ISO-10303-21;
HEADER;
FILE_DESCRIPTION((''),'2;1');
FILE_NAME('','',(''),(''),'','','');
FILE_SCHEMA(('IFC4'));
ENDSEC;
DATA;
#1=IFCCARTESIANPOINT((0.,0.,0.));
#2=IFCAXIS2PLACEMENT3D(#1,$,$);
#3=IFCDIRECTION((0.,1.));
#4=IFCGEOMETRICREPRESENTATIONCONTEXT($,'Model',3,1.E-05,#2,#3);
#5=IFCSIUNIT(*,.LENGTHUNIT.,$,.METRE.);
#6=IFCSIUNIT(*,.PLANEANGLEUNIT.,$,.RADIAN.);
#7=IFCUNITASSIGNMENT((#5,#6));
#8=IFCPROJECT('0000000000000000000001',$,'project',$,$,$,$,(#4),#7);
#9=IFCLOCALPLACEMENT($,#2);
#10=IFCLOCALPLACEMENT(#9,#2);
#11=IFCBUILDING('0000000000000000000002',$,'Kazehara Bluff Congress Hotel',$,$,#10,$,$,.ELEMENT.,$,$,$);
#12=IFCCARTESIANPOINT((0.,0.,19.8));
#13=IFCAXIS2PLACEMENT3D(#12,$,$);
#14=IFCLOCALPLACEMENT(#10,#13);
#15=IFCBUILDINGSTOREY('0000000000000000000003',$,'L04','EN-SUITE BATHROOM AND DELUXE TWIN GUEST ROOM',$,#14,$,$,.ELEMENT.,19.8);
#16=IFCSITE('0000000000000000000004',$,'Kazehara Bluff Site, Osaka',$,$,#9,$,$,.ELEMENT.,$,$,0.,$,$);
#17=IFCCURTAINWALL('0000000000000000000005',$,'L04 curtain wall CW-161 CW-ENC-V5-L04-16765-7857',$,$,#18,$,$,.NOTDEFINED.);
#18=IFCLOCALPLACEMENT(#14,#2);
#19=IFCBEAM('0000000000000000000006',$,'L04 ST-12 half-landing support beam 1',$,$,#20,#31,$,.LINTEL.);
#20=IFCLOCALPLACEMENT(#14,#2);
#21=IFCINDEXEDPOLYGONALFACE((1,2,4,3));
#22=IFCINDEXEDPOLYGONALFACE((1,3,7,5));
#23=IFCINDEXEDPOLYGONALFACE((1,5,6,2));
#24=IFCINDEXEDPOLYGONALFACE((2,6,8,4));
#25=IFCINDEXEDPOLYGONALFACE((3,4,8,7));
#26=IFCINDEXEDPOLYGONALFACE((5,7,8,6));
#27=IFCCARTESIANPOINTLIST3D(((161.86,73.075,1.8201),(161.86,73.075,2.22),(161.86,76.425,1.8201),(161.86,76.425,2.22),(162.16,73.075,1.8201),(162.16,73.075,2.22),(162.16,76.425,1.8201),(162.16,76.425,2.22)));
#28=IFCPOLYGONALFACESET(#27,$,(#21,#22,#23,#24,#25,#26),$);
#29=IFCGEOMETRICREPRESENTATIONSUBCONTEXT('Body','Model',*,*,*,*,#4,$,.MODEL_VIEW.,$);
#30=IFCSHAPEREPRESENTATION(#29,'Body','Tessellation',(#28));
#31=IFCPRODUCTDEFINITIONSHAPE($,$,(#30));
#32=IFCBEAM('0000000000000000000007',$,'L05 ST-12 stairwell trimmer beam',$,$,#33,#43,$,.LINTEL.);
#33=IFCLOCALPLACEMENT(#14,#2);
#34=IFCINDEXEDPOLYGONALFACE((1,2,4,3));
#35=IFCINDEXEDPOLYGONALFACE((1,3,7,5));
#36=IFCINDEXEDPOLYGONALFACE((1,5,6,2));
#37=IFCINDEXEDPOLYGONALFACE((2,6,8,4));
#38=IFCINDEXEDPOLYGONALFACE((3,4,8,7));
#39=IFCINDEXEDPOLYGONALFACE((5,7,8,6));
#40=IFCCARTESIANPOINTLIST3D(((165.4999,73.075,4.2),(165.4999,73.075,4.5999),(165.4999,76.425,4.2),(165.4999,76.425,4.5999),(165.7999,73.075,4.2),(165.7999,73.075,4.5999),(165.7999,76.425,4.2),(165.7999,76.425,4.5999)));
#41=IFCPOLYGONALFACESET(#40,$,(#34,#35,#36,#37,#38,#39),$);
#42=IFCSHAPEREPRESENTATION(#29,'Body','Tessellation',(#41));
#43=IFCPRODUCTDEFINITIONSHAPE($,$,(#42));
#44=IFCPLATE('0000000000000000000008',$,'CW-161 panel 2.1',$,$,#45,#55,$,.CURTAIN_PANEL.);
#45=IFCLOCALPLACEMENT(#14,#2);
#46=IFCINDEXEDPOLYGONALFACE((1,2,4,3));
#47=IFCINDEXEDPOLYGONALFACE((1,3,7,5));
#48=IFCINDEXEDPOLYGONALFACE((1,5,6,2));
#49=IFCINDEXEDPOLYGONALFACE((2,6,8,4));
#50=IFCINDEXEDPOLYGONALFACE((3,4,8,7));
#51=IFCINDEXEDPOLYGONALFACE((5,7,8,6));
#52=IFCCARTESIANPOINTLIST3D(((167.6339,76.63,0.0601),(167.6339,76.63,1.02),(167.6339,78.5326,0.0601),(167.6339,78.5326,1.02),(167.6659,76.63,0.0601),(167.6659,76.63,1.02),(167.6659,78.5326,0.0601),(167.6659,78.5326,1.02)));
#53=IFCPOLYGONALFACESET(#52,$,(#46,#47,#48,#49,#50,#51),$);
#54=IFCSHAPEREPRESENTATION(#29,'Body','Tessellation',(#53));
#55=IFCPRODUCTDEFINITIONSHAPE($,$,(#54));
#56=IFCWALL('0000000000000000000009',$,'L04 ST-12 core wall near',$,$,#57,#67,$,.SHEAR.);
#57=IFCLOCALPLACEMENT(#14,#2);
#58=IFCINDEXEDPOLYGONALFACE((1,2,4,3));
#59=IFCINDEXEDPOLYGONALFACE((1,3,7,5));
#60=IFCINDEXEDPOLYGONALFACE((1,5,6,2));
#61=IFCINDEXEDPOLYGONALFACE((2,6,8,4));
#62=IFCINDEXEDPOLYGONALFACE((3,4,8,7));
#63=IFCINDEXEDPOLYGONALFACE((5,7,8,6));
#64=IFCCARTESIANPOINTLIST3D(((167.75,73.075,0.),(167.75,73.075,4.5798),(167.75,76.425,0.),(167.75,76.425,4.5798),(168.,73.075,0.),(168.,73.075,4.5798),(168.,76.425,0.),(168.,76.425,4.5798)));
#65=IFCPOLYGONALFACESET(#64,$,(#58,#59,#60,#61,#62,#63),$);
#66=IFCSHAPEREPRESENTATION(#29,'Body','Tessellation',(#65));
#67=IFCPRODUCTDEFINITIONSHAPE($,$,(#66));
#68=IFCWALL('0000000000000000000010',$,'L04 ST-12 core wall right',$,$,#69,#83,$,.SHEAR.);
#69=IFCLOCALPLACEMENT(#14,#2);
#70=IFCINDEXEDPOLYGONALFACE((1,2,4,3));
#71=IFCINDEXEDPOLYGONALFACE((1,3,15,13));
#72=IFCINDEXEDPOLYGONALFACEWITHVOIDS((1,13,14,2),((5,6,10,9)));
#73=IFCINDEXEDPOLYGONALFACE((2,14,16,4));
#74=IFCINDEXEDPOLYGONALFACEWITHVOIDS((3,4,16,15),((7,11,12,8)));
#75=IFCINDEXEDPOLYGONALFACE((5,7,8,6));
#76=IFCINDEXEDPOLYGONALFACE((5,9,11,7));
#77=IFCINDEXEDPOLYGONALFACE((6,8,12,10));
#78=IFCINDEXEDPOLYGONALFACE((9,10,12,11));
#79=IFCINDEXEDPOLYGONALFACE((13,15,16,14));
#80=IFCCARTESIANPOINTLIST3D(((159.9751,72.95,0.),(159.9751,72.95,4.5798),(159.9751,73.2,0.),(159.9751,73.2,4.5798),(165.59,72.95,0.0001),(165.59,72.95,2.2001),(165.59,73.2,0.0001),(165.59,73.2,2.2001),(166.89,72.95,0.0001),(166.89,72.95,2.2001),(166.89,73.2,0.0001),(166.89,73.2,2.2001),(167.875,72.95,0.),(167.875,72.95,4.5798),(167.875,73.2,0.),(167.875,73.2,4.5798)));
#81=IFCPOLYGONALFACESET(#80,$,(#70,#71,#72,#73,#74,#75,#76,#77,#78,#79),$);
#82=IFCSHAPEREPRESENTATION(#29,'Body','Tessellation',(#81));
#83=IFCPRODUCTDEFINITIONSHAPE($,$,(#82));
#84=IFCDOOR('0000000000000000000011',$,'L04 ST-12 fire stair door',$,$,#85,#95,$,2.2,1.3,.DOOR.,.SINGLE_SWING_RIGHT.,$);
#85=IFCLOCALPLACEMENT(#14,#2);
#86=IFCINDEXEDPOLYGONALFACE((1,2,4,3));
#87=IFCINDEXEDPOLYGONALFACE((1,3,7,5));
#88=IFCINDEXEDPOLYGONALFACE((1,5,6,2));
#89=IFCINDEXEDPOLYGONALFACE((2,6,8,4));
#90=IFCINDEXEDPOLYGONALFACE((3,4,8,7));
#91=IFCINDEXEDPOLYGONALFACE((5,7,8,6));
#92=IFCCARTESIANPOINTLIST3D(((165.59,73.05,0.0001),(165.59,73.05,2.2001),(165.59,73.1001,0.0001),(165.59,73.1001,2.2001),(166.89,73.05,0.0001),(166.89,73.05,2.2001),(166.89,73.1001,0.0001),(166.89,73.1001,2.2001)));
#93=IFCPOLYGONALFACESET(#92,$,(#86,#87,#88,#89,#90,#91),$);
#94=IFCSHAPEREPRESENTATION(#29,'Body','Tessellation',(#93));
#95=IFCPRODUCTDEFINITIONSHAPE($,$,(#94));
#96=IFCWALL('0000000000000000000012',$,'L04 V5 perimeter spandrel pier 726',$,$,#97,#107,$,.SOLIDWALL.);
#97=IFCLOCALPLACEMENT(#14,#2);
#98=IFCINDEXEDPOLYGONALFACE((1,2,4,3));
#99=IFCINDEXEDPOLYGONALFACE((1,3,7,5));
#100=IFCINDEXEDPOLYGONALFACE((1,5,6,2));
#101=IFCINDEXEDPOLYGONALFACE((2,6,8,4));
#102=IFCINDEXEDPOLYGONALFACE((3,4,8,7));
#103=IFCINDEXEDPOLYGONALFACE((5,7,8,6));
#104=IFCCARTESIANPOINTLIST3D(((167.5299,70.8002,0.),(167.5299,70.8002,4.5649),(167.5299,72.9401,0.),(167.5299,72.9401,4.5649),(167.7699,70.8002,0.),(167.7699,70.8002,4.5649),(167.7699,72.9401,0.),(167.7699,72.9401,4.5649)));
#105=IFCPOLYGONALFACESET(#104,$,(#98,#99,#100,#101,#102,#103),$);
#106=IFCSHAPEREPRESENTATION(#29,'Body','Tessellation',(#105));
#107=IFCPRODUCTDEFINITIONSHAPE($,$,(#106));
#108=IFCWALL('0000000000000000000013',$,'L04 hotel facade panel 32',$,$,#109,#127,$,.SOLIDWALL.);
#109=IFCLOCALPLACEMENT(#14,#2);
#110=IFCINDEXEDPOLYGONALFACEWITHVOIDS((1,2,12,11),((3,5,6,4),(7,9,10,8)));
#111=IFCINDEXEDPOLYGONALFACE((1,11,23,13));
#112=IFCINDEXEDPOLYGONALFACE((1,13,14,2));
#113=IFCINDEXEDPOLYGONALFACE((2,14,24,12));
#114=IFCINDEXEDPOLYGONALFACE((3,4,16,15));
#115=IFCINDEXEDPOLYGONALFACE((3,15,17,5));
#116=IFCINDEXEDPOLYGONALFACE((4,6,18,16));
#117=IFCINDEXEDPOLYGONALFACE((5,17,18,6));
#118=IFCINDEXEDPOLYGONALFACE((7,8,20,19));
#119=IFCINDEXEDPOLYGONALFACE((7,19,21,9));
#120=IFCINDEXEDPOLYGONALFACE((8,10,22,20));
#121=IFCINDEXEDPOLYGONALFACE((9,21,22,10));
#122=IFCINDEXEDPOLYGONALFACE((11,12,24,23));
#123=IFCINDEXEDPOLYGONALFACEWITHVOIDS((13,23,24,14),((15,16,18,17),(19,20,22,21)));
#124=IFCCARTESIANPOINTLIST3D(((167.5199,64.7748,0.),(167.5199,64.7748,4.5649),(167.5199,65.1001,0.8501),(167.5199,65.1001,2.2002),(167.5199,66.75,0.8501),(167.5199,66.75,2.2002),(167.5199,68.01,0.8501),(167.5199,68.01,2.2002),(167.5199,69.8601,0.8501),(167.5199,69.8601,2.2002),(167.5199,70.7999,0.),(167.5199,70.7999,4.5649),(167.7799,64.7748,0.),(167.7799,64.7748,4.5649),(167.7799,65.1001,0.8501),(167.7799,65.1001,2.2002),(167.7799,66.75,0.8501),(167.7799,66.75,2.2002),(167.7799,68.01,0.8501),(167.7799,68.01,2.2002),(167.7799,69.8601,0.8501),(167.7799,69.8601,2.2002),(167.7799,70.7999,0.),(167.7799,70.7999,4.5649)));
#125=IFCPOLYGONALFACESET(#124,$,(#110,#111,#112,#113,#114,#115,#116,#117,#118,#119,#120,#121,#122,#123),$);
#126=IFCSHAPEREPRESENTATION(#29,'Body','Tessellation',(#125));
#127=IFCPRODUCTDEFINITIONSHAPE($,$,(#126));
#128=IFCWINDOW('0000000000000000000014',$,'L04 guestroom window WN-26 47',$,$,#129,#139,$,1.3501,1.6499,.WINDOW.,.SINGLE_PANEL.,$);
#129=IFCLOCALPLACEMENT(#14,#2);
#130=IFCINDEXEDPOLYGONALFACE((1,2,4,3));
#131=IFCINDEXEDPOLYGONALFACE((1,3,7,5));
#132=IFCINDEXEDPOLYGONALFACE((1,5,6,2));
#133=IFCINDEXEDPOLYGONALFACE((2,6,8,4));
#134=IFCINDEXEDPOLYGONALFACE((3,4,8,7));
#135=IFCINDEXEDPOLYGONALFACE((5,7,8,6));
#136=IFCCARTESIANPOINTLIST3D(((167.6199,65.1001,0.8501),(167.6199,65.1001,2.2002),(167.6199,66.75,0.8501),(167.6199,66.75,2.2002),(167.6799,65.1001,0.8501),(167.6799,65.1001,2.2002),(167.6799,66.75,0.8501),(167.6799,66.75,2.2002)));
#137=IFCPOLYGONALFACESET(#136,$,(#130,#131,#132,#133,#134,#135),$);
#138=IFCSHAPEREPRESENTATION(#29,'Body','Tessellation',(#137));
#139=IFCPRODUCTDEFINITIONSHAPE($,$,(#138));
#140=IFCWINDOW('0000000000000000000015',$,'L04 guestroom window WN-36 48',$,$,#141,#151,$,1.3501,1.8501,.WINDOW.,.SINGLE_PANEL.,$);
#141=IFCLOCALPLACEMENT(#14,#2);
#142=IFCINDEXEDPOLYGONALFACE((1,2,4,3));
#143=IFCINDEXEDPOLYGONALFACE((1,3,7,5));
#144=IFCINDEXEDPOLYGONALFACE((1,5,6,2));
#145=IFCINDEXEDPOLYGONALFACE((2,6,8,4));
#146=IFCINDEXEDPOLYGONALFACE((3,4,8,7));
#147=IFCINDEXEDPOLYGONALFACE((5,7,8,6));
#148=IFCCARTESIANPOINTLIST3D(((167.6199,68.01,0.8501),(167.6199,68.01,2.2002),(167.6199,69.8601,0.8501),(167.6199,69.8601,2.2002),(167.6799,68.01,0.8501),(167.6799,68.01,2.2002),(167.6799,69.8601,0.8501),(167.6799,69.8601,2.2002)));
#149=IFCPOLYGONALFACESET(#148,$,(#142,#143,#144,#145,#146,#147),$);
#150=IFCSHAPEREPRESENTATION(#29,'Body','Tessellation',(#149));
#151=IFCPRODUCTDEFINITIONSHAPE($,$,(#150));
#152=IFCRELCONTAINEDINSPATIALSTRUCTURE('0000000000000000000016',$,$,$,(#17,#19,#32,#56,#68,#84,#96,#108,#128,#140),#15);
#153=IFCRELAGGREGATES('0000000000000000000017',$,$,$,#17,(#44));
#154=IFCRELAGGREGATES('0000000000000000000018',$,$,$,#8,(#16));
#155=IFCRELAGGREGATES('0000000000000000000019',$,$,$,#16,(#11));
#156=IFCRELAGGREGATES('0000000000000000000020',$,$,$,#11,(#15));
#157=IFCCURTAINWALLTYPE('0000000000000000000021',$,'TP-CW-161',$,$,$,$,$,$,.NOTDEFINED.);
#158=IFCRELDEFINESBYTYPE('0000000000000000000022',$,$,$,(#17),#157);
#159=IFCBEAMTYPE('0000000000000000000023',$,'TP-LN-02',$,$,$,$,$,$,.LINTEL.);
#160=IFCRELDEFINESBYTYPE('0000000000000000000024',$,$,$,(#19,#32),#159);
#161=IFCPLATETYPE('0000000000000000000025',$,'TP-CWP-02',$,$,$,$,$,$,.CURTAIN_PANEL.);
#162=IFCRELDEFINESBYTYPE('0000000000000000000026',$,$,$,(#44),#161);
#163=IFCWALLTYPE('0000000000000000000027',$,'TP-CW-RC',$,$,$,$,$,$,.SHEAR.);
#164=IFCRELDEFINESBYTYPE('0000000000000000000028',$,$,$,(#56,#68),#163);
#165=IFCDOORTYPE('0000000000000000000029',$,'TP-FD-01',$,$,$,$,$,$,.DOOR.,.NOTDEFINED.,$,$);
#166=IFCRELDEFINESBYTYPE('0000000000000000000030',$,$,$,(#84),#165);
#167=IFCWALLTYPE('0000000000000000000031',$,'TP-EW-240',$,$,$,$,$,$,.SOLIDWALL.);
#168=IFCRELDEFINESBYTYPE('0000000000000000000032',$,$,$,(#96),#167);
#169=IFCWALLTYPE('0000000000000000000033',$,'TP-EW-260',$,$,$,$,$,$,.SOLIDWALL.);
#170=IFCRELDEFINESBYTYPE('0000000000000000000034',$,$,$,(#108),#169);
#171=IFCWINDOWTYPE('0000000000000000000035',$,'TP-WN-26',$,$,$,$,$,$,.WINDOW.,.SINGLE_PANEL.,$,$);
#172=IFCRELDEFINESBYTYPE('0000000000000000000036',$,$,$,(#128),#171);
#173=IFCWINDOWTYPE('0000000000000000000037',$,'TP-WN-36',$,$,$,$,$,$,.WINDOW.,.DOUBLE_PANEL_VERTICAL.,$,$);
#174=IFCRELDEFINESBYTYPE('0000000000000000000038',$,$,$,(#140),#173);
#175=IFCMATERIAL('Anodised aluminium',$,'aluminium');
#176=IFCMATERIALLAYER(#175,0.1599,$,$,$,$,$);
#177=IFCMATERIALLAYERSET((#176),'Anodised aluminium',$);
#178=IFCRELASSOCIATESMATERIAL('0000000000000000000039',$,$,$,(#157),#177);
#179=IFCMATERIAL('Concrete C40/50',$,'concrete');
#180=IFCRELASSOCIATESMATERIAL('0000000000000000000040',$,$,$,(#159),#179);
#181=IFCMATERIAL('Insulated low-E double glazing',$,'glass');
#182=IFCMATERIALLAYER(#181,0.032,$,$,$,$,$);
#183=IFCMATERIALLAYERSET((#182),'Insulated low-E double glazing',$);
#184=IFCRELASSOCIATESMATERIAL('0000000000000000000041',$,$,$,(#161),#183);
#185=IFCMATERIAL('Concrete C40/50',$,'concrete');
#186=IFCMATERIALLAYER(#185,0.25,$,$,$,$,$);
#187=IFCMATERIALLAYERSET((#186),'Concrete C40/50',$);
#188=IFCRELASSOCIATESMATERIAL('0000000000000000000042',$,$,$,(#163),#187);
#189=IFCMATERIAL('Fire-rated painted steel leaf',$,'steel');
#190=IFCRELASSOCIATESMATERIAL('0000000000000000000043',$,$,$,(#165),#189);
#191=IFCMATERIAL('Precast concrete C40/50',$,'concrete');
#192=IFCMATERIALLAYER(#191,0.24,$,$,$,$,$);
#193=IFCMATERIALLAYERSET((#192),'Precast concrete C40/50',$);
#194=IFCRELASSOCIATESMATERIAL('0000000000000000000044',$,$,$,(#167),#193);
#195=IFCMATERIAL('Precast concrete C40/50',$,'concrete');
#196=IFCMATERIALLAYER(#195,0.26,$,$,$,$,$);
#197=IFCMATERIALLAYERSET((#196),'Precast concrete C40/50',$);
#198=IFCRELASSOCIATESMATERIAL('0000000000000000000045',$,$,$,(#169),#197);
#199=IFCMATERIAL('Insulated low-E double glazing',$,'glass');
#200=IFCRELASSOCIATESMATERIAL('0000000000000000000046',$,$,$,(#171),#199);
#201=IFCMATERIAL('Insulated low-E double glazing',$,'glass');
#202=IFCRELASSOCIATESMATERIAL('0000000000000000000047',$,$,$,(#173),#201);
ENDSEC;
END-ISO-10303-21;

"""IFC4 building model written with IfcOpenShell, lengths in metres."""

from ifc_helpers import new_model, si_unit, direction, frame, frame_2d, origin, origin_2d, place, context, subcontext, project, spatial, rectangle, extrude, material, layer, layer_set, material_profile, profile_set, type_object, element, fill, aggregate, save


model = new_model("IFC4")

# Units and contexts
model_context = context("Model", 3, precision=1e-05, world=origin(), true_north=direction((0.0, 1.0)))
body_context = subcontext(model_context, "Body", "Model", "MODEL_VIEW")
ifc_project = project(units=[si_unit("LENGTHUNIT", "METRE"), si_unit("PLANEANGLEUNIT", "RADIAN")], contexts=[model_context])

# Site, building, storey
site_placement = place(None, origin())
site = spatial("IfcSite", under=ifc_project, at=site_placement, Name="Kazehara Bluff Site, Osaka", CompositionType="ELEMENT", RefElevation=0.0)
building_placement = place(site_placement, origin())
building = spatial("IfcBuilding", under=site, at=building_placement, Name="Kazehara Bluff Congress Hotel", CompositionType="ELEMENT")
storey_placement = place(building_placement, frame((0.0, 0.0, 19.8)))
storey = spatial("IfcBuildingStorey", under=building, at=storey_placement, Name="L04", Description="EN-SUITE BATHROOM AND DELUXE TWIN GUEST ROOM", CompositionType="ELEMENT", Elevation=19.8)

# Curtain wall
ifc_material_1 = material(Name="Anodised aluminium", Category="aluminium")
ifc_layer_1 = layer(ifc_material_1, 0.1599)
ifc_layer_set_1 = layer_set([ifc_layer_1], Name="Anodised aluminium")
curtain_wall_type = type_object("IfcCurtainWallType", Name="TP-CW-161", PredefinedType="NOTDEFINED", material=ifc_layer_set_1)
curtain_wall_placement = place(storey_placement, origin())
curtain_wall = element("IfcCurtainWall", 1, at=curtain_wall_placement, inside=storey, type_object=curtain_wall_type, Name="L04 curtain wall CW-161 CW-ENC-V5-L04-16765-7857", PredefinedType="NOTDEFINED")

# Beams
ifc_material_2 = material(Name="Concrete C40/50", Category="concrete")
ifc_material_profile_1 = material_profile(ifc_material_2, rectangle(XDim=0.3, YDim=0.3999, at=origin_2d()))
ifc_profile_set_1 = profile_set([ifc_material_profile_1], Name="Concrete C40/50")
beam_type_1 = type_object("IfcBeamType", Name="TP-LN-02", PredefinedType="LINTEL", material=ifc_profile_set_1)
for number, where, z_axis, x_axis, name in (
    (2, (162.01, 76.425, 2.02), (0.0, -1.0, 0.0), (1.0, 0.0, 0.0), "L04 ST-12 half-landing support beam 1"),
    (3, (165.6499, 76.425, 4.3999), (0.0, -1.0, 0.0), (1.0, 0.0, 0.0), "L05 ST-12 stairwell trimmer beam"),
):
    element("IfcBeam", number, at=place(storey_placement, frame(where, z_axis=z_axis, x_axis=x_axis)), inside=storey, type_object=beam_type_1, Name=name, PredefinedType="LINTEL", context=body_context, shape_type="SweptSolid", body=[
        extrude(rectangle(XDim=0.3, YDim=0.3999, at=origin_2d()), origin(), (0.0, 0.0, 1.0), 3.3501),
    ])

# Plate
ifc_material_3 = material(Name="Insulated low-E double glazing", Category="glass")
ifc_layer_2 = layer(ifc_material_3, 0.032)
ifc_layer_set_2 = layer_set([ifc_layer_2], Name="Insulated low-E double glazing")
plate_type = type_object("IfcPlateType", Name="TP-CWP-02", PredefinedType="CURTAIN_PANEL", material=ifc_layer_set_2)
plate_placement = place(storey_placement, frame((167.6499, 77.5813, 0.0601), z_axis=(0.0, 0.0, 1.0), x_axis=(0.0, -1.0, 0.0)))
plate = element("IfcPlate", 4, at=plate_placement, type_object=plate_type, Name="CW-161 panel 2.1", PredefinedType="CURTAIN_PANEL", context=body_context, shape_type="SweptSolid", body=[
    extrude(rectangle(XDim=1.9026, YDim=0.032, at=origin_2d()), origin(), (0.0, 0.0, 1.0), 0.96),
])
aggregate(curtain_wall, [plate])

# Wall
ifc_material_4 = material(Name="Concrete C40/50", Category="concrete")
ifc_layer_3 = layer(ifc_material_4, 0.25)
ifc_layer_set_3 = layer_set([ifc_layer_3], Name="Concrete C40/50")
wall_type_1 = type_object("IfcWallType", Name="TP-CW-RC", PredefinedType="SHEAR", material=ifc_layer_set_3)
wall_1_placement = place(storey_placement, frame((167.875, 76.425, 0.0), z_axis=(0.0, 0.0, 1.0), x_axis=(0.0, -1.0, 0.0)))
element("IfcWall", 5, at=wall_1_placement, inside=storey, type_object=wall_type_1, Name="L04 ST-12 core wall near", PredefinedType="SHEAR", context=body_context, shape_type="SweptSolid", body=[
    extrude(rectangle(XDim=3.3501, YDim=0.25, at=frame_2d((1.675, 0.0))), origin(), (0.0, 0.0, 1.0), 4.5798),
])

# Wall, opening, door
wall_2_placement = place(storey_placement, frame((167.875, 73.075, 0.0), z_axis=(0.0, 0.0, 1.0), x_axis=(-1.0, 0.0, 0.0)))
wall_2 = element("IfcWall", 6, at=wall_2_placement, inside=storey, type_object=wall_type_1, Name="L04 ST-12 core wall right", PredefinedType="SHEAR", context=body_context, shape_type="SweptSolid", body=[
    extrude(rectangle(XDim=7.8999, YDim=0.25, at=frame_2d((3.95, 0.0))), origin(), (0.0, 0.0, 1.0), 4.5798),
])
opening_1_placement = place(wall_2_placement, frame((0.9851, 0.0, 0.0)))
opening_1 = element("IfcOpeningElement", 7, at=opening_1_placement, cuts=wall_2, PredefinedType="OPENING", context=body_context, shape_type="SweptSolid", body=[
    extrude(rectangle(XDim=1.3, YDim=2.2, at=frame_2d((0.6499, 1.1001))), frame((0.0, 0.135, 0.0), z_axis=(0.0, -1.0, 0.0), x_axis=(1.0, 0.0, 0.0)), (0.0, 0.0, 1.0), 0.27),
])
ifc_material_5 = material(Name="Fire-rated painted steel leaf", Category="steel")
door_type = type_object("IfcDoorType", Name="TP-FD-01", OperationType="NOTDEFINED", PredefinedType="DOOR", material=ifc_material_5)
door_placement = place(opening_1_placement, origin())
door = element("IfcDoor", 8, at=door_placement, inside=storey, type_object=door_type, Name="L04 ST-12 fire stair door", OperationType="SINGLE_SWING_RIGHT", OverallHeight=2.2, OverallWidth=1.3, PredefinedType="DOOR", context=body_context, shape_type="SweptSolid", body=[
    extrude(rectangle(XDim=1.3, YDim=2.2, at=frame_2d((0.6499, 1.1001))), frame((0.0, 0.0249, 0.0), z_axis=(0.0, -1.0, 0.0), x_axis=(1.0, 0.0, 0.0)), (0.0, 0.0, 1.0), 0.05),
])
fill(opening_1, door)

# Wall
ifc_material_6 = material(Name="Precast concrete C40/50", Category="concrete")
ifc_layer_4 = layer(ifc_material_6, 0.24)
ifc_layer_set_4 = layer_set([ifc_layer_4], Name="Precast concrete C40/50")
wall_type_2 = type_object("IfcWallType", Name="TP-EW-240", PredefinedType="SOLIDWALL", material=ifc_layer_set_4)
wall_3_placement = place(storey_placement, frame((167.6499, 72.9399, 0.0), z_axis=(0.0, 0.0, 1.0), x_axis=(0.0, -1.0, 0.0)))
element("IfcWall", 9, at=wall_3_placement, inside=storey, type_object=wall_type_2, Name="L04 V5 perimeter spandrel pier 726", PredefinedType="SOLIDWALL", context=body_context, shape_type="SweptSolid", body=[
    extrude(rectangle(XDim=2.1399, YDim=0.24, at=frame_2d((1.0698, 0.0))), origin(), (0.0, 0.0, 1.0), 4.5649),
])

# Wall, openings, windows
ifc_material_7 = material(Name="Precast concrete C40/50", Category="concrete")
ifc_layer_5 = layer(ifc_material_7, 0.26)
ifc_layer_set_5 = layer_set([ifc_layer_5], Name="Precast concrete C40/50")
wall_type_3 = type_object("IfcWallType", Name="TP-EW-260", PredefinedType="SOLIDWALL", material=ifc_layer_set_5)
wall_4_placement = place(storey_placement, frame((167.6499, 70.8, 0.0), z_axis=(0.0, 0.0, 1.0), x_axis=(0.0, -1.0, 0.0)))
wall_4 = element("IfcWall", 10, at=wall_4_placement, inside=storey, type_object=wall_type_3, Name="L04 hotel facade panel 32", PredefinedType="SOLIDWALL", context=body_context, shape_type="SweptSolid", body=[
    extrude(rectangle(XDim=6.0251, YDim=0.26, at=frame_2d((3.0127, 0.0))), origin(), (0.0, 0.0, 1.0), 4.5649),
])
opening_2_placement = place(wall_4_placement, frame((4.05, 0.0, 0.8501)))
opening_2 = element("IfcOpeningElement", 11, at=opening_2_placement, cuts=wall_4, PredefinedType="OPENING", context=body_context, shape_type="SweptSolid", body=[
    extrude(rectangle(XDim=1.6499, YDim=1.3501, at=frame_2d((0.825, 0.675))), frame((0.0, 0.1399, 0.0), z_axis=(0.0, -1.0, 0.0), x_axis=(1.0, 0.0, 0.0)), (0.0, 0.0, 1.0), 0.28),
])
opening_3_placement = place(wall_4_placement, frame((0.9399, 0.0, 0.8501)))
opening_3 = element("IfcOpeningElement", 12, at=opening_3_placement, cuts=wall_4, PredefinedType="OPENING", context=body_context, shape_type="SweptSolid", body=[
    extrude(rectangle(XDim=1.8501, YDim=1.3501, at=frame_2d((0.925, 0.675))), frame((0.0, 0.1399, 0.0), z_axis=(0.0, -1.0, 0.0), x_axis=(1.0, 0.0, 0.0)), (0.0, 0.0, 1.0), 0.28),
])
ifc_material_8 = material(Name="Insulated low-E double glazing", Category="glass")
window_type_1 = type_object("IfcWindowType", Name="TP-WN-26", PartitioningType="SINGLE_PANEL", PredefinedType="WINDOW", material=ifc_material_8)
window_1_placement = place(opening_2_placement, origin())
window_1 = element("IfcWindow", 13, at=window_1_placement, inside=storey, type_object=window_type_1, Name="L04 guestroom window WN-26 47", OverallHeight=1.3501, OverallWidth=1.6499, PartitioningType="SINGLE_PANEL", PredefinedType="WINDOW", context=body_context, shape_type="SweptSolid", body=[
    extrude(rectangle(XDim=1.6499, YDim=1.3501, at=frame_2d((0.825, 0.675))), frame((0.0, 0.03, 0.0), z_axis=(0.0, -1.0, 0.0), x_axis=(1.0, 0.0, 0.0)), (0.0, 0.0, 1.0), 0.0601),
])
fill(opening_2, window_1)
ifc_material_9 = material(Name="Insulated low-E double glazing", Category="glass")
window_type_2 = type_object("IfcWindowType", Name="TP-WN-36", PartitioningType="DOUBLE_PANEL_VERTICAL", PredefinedType="WINDOW", material=ifc_material_9)
window_2_placement = place(opening_3_placement, origin())
window_2 = element("IfcWindow", 14, at=window_2_placement, inside=storey, type_object=window_type_2, Name="L04 guestroom window WN-36 48", OverallHeight=1.3501, OverallWidth=1.8501, PartitioningType="SINGLE_PANEL", PredefinedType="WINDOW", context=body_context, shape_type="SweptSolid", body=[
    extrude(rectangle(XDim=1.8501, YDim=1.3501, at=frame_2d((0.925, 0.675))), frame((0.0, 0.03, 0.0), z_axis=(0.0, -1.0, 0.0), x_axis=(1.0, 0.0, 0.0)), (0.0, 0.0, 1.0), 0.0601),
])
fill(opening_3, window_2)

save(model, "model.ifc")
